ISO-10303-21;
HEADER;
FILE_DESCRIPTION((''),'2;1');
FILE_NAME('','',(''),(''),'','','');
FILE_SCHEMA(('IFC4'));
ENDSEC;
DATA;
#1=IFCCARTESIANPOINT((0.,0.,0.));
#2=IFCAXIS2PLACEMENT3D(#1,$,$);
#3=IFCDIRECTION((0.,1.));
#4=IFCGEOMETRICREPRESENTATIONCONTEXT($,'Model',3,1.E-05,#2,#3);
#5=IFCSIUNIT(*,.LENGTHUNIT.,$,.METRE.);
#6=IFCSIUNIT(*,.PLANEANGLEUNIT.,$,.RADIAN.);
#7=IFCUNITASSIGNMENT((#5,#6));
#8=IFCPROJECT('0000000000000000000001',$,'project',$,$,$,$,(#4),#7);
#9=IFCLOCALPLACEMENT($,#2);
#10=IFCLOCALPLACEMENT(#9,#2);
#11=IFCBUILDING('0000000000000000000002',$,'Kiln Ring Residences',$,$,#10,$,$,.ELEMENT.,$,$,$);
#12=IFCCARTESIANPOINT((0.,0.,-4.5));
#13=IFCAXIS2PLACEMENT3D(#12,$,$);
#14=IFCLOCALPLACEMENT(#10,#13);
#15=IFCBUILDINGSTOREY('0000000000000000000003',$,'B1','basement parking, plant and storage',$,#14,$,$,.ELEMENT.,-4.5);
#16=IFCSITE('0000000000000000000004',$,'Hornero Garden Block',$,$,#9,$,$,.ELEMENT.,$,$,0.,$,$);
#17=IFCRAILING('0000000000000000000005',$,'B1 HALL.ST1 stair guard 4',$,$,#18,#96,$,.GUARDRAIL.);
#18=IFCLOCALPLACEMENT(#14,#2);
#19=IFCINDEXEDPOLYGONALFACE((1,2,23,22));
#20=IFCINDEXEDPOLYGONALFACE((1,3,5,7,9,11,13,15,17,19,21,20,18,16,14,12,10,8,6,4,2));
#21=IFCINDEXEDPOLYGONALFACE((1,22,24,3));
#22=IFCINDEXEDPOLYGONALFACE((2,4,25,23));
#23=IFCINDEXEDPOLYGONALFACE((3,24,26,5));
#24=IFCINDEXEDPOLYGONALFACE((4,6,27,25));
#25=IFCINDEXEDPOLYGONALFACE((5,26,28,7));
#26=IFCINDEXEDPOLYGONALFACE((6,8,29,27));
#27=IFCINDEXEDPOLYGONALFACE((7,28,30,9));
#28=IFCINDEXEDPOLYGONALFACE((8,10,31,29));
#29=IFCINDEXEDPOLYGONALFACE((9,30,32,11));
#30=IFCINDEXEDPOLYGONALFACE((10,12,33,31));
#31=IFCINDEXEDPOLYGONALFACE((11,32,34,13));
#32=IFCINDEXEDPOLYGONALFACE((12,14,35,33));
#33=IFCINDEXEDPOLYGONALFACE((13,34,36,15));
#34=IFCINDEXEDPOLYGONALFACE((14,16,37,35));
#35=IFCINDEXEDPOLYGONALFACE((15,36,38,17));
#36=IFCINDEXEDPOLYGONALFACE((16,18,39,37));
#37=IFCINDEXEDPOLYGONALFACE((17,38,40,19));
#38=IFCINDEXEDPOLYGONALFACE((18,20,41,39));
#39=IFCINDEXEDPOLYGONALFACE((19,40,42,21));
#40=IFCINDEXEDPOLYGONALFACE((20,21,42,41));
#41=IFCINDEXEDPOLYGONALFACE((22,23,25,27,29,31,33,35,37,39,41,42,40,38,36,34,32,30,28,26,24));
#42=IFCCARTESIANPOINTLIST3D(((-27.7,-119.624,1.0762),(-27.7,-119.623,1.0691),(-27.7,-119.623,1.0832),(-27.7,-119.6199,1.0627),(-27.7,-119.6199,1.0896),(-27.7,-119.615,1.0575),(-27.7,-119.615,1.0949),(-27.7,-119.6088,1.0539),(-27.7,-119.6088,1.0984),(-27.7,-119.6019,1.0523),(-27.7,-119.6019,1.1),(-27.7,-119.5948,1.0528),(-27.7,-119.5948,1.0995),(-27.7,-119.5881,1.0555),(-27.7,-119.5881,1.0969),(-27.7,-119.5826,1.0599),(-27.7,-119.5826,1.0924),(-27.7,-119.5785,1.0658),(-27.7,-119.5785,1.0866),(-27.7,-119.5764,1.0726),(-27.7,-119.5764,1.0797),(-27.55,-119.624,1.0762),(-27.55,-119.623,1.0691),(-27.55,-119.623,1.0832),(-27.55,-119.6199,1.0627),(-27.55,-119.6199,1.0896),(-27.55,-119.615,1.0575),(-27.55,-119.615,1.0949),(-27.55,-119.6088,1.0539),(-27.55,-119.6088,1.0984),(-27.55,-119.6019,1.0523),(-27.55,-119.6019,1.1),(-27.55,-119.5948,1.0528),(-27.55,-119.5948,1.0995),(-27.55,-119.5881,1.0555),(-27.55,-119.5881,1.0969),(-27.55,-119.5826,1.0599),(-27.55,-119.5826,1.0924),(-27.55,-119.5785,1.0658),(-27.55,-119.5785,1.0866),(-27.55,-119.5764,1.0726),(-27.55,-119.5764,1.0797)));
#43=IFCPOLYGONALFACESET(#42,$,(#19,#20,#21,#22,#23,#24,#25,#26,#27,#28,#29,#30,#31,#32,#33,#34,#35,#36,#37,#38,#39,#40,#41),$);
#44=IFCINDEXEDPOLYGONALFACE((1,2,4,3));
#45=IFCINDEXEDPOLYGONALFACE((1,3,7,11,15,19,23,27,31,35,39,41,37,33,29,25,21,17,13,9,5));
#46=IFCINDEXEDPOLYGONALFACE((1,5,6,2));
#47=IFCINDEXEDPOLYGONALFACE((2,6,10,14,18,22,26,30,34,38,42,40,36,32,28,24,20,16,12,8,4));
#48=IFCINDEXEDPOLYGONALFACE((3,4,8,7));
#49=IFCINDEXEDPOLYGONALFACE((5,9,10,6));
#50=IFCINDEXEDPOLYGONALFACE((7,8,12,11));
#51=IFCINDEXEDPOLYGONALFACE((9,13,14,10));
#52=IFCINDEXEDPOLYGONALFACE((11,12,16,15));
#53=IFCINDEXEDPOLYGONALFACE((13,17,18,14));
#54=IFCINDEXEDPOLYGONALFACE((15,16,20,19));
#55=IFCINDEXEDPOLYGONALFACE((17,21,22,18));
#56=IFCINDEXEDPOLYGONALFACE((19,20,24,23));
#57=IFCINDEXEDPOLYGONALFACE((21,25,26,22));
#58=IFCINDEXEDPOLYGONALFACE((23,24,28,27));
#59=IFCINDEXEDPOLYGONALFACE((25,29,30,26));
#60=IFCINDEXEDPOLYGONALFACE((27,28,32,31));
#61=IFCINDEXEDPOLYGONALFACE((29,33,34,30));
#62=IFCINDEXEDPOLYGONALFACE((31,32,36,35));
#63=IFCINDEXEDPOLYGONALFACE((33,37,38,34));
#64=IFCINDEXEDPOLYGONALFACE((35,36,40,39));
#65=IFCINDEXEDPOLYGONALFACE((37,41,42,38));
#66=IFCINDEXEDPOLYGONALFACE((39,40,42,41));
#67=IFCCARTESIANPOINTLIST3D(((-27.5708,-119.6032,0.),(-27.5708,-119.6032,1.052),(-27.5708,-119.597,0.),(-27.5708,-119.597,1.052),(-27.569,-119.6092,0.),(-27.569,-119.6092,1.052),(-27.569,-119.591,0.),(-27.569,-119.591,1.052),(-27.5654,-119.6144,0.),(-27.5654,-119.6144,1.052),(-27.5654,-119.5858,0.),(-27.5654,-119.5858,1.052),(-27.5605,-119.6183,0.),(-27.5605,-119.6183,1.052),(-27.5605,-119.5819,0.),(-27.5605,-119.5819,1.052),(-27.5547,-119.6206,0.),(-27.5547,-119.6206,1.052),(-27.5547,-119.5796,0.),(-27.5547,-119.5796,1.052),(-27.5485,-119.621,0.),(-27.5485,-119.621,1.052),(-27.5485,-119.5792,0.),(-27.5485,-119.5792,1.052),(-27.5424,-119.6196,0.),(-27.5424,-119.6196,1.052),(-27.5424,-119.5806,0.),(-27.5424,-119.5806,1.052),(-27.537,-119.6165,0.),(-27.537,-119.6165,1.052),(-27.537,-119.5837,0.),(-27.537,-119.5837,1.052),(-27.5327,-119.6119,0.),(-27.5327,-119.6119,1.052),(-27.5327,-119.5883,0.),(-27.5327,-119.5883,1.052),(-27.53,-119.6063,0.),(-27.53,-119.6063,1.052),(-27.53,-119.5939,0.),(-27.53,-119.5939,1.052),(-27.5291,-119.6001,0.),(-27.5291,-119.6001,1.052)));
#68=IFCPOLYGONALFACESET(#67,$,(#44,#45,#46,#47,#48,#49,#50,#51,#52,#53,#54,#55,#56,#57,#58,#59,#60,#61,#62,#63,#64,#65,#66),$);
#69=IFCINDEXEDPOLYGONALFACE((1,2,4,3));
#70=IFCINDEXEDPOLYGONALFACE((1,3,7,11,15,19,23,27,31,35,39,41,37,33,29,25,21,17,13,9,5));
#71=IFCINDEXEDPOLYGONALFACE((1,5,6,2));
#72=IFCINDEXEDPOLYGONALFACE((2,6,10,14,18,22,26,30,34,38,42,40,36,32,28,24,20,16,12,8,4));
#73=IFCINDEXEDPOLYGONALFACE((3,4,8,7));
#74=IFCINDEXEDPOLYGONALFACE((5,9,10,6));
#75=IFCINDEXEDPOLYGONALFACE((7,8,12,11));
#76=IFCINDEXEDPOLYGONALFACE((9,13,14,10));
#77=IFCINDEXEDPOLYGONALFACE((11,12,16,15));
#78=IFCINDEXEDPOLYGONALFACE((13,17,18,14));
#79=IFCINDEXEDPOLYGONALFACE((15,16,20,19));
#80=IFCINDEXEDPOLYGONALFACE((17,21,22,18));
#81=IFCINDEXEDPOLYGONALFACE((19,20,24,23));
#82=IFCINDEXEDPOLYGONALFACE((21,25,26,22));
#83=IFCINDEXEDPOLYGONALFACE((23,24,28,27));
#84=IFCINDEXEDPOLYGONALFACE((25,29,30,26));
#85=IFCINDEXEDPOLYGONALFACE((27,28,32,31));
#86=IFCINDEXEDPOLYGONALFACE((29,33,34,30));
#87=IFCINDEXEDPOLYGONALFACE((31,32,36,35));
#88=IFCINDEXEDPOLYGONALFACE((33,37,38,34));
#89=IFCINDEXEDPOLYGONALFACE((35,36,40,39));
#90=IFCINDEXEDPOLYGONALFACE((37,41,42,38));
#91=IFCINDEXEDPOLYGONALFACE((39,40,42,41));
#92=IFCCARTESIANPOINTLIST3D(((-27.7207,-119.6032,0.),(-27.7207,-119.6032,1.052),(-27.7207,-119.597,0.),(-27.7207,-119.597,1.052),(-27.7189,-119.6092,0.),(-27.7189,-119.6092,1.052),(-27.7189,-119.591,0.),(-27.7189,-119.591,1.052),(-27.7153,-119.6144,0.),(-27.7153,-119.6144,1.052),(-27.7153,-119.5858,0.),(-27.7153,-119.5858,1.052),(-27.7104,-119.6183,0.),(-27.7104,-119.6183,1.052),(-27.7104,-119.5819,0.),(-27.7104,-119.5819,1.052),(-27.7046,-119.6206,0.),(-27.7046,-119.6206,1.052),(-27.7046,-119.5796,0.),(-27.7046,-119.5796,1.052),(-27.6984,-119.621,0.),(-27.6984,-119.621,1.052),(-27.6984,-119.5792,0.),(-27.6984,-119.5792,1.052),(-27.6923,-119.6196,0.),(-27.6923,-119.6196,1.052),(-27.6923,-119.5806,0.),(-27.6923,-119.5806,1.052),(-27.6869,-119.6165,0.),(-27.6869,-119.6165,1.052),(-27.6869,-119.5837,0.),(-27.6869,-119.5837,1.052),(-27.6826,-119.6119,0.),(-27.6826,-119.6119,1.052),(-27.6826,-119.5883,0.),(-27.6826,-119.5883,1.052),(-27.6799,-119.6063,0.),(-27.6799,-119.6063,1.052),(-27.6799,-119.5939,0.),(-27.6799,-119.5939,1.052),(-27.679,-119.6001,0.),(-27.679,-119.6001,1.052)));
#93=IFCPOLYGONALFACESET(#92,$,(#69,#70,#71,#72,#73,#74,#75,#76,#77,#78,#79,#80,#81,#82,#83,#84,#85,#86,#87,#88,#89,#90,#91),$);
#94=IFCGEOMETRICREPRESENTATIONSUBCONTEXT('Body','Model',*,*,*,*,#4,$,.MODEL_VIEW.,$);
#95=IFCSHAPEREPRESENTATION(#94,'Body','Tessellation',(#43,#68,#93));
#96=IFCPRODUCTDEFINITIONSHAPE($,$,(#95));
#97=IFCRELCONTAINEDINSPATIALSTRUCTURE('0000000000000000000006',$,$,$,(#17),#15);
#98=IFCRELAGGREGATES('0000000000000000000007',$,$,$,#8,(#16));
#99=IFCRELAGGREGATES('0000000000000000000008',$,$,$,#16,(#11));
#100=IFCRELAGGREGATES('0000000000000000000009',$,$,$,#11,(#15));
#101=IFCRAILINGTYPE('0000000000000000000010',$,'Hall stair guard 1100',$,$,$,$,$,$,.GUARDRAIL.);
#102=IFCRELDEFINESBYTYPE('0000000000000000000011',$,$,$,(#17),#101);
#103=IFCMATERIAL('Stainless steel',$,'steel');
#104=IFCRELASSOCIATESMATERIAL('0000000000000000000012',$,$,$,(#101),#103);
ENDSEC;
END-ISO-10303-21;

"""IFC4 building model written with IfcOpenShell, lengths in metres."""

from ifc_helpers import new_model, si_unit, direction, frame, origin, origin_2d, place, context, subcontext, project, spatial, circle, extrude, material, type_object, element, save


model = new_model("IFC4")

# Units and contexts
model_context = context("Model", 3, precision=1e-05, world=origin(), true_north=direction((0.0, 1.0)))
body_context = subcontext(model_context, "Body", "Model", "MODEL_VIEW")
ifc_project = project(units=[si_unit("LENGTHUNIT", "METRE"), si_unit("PLANEANGLEUNIT", "RADIAN")], contexts=[model_context])

# Site, building, storey
site_placement = place(None, origin())
site = spatial("IfcSite", under=ifc_project, at=site_placement, Name="Hornero Garden Block", CompositionType="ELEMENT", RefElevation=0.0)
building_placement = place(site_placement, origin())
building = spatial("IfcBuilding", under=site, at=building_placement, Name="Kiln Ring Residences", CompositionType="ELEMENT")
storey_placement = place(building_placement, frame((0.0, 0.0, -4.5)))
storey = spatial("IfcBuildingStorey", under=building, at=storey_placement, Name="B1", Description="basement parking, plant and storage", CompositionType="ELEMENT", Elevation=-4.5)

# Railing
ifc_material_1 = material(Name="Stainless steel", Category="steel")
railing_type_1 = type_object("IfcRailingType", Name="Hall stair guard 1100", PredefinedType="GUARDRAIL", material=ifc_material_1)
railing_1_placement = place(storey_placement, frame((-27.55, -119.6001, 0.0)))
element("IfcRailing", 1, at=railing_1_placement, inside=storey, type_object=railing_type_1, Name="B1 HALL.ST1 stair guard 4", PredefinedType="GUARDRAIL", context=body_context, shape_type="SweptSolid", body=[
    extrude(circle(Radius=0.0239, at=origin_2d()), frame((0.0, 0.0, 1.0762), z_axis=(-1.0, 0.0, 0.0), x_axis=(0.0, -1.0, 0.0)), (0.0, 0.0, 1.0), 0.1499),
    extrude(circle(Radius=0.021, at=origin_2d()), origin(), (0.0, 0.0, 1.0), 1.052),
    extrude(circle(Radius=0.021, at=origin_2d()), frame((-0.1499, 0.0, 0.0)), (0.0, 0.0, 1.0), 1.052),
])

save(model, "model.ifc")
